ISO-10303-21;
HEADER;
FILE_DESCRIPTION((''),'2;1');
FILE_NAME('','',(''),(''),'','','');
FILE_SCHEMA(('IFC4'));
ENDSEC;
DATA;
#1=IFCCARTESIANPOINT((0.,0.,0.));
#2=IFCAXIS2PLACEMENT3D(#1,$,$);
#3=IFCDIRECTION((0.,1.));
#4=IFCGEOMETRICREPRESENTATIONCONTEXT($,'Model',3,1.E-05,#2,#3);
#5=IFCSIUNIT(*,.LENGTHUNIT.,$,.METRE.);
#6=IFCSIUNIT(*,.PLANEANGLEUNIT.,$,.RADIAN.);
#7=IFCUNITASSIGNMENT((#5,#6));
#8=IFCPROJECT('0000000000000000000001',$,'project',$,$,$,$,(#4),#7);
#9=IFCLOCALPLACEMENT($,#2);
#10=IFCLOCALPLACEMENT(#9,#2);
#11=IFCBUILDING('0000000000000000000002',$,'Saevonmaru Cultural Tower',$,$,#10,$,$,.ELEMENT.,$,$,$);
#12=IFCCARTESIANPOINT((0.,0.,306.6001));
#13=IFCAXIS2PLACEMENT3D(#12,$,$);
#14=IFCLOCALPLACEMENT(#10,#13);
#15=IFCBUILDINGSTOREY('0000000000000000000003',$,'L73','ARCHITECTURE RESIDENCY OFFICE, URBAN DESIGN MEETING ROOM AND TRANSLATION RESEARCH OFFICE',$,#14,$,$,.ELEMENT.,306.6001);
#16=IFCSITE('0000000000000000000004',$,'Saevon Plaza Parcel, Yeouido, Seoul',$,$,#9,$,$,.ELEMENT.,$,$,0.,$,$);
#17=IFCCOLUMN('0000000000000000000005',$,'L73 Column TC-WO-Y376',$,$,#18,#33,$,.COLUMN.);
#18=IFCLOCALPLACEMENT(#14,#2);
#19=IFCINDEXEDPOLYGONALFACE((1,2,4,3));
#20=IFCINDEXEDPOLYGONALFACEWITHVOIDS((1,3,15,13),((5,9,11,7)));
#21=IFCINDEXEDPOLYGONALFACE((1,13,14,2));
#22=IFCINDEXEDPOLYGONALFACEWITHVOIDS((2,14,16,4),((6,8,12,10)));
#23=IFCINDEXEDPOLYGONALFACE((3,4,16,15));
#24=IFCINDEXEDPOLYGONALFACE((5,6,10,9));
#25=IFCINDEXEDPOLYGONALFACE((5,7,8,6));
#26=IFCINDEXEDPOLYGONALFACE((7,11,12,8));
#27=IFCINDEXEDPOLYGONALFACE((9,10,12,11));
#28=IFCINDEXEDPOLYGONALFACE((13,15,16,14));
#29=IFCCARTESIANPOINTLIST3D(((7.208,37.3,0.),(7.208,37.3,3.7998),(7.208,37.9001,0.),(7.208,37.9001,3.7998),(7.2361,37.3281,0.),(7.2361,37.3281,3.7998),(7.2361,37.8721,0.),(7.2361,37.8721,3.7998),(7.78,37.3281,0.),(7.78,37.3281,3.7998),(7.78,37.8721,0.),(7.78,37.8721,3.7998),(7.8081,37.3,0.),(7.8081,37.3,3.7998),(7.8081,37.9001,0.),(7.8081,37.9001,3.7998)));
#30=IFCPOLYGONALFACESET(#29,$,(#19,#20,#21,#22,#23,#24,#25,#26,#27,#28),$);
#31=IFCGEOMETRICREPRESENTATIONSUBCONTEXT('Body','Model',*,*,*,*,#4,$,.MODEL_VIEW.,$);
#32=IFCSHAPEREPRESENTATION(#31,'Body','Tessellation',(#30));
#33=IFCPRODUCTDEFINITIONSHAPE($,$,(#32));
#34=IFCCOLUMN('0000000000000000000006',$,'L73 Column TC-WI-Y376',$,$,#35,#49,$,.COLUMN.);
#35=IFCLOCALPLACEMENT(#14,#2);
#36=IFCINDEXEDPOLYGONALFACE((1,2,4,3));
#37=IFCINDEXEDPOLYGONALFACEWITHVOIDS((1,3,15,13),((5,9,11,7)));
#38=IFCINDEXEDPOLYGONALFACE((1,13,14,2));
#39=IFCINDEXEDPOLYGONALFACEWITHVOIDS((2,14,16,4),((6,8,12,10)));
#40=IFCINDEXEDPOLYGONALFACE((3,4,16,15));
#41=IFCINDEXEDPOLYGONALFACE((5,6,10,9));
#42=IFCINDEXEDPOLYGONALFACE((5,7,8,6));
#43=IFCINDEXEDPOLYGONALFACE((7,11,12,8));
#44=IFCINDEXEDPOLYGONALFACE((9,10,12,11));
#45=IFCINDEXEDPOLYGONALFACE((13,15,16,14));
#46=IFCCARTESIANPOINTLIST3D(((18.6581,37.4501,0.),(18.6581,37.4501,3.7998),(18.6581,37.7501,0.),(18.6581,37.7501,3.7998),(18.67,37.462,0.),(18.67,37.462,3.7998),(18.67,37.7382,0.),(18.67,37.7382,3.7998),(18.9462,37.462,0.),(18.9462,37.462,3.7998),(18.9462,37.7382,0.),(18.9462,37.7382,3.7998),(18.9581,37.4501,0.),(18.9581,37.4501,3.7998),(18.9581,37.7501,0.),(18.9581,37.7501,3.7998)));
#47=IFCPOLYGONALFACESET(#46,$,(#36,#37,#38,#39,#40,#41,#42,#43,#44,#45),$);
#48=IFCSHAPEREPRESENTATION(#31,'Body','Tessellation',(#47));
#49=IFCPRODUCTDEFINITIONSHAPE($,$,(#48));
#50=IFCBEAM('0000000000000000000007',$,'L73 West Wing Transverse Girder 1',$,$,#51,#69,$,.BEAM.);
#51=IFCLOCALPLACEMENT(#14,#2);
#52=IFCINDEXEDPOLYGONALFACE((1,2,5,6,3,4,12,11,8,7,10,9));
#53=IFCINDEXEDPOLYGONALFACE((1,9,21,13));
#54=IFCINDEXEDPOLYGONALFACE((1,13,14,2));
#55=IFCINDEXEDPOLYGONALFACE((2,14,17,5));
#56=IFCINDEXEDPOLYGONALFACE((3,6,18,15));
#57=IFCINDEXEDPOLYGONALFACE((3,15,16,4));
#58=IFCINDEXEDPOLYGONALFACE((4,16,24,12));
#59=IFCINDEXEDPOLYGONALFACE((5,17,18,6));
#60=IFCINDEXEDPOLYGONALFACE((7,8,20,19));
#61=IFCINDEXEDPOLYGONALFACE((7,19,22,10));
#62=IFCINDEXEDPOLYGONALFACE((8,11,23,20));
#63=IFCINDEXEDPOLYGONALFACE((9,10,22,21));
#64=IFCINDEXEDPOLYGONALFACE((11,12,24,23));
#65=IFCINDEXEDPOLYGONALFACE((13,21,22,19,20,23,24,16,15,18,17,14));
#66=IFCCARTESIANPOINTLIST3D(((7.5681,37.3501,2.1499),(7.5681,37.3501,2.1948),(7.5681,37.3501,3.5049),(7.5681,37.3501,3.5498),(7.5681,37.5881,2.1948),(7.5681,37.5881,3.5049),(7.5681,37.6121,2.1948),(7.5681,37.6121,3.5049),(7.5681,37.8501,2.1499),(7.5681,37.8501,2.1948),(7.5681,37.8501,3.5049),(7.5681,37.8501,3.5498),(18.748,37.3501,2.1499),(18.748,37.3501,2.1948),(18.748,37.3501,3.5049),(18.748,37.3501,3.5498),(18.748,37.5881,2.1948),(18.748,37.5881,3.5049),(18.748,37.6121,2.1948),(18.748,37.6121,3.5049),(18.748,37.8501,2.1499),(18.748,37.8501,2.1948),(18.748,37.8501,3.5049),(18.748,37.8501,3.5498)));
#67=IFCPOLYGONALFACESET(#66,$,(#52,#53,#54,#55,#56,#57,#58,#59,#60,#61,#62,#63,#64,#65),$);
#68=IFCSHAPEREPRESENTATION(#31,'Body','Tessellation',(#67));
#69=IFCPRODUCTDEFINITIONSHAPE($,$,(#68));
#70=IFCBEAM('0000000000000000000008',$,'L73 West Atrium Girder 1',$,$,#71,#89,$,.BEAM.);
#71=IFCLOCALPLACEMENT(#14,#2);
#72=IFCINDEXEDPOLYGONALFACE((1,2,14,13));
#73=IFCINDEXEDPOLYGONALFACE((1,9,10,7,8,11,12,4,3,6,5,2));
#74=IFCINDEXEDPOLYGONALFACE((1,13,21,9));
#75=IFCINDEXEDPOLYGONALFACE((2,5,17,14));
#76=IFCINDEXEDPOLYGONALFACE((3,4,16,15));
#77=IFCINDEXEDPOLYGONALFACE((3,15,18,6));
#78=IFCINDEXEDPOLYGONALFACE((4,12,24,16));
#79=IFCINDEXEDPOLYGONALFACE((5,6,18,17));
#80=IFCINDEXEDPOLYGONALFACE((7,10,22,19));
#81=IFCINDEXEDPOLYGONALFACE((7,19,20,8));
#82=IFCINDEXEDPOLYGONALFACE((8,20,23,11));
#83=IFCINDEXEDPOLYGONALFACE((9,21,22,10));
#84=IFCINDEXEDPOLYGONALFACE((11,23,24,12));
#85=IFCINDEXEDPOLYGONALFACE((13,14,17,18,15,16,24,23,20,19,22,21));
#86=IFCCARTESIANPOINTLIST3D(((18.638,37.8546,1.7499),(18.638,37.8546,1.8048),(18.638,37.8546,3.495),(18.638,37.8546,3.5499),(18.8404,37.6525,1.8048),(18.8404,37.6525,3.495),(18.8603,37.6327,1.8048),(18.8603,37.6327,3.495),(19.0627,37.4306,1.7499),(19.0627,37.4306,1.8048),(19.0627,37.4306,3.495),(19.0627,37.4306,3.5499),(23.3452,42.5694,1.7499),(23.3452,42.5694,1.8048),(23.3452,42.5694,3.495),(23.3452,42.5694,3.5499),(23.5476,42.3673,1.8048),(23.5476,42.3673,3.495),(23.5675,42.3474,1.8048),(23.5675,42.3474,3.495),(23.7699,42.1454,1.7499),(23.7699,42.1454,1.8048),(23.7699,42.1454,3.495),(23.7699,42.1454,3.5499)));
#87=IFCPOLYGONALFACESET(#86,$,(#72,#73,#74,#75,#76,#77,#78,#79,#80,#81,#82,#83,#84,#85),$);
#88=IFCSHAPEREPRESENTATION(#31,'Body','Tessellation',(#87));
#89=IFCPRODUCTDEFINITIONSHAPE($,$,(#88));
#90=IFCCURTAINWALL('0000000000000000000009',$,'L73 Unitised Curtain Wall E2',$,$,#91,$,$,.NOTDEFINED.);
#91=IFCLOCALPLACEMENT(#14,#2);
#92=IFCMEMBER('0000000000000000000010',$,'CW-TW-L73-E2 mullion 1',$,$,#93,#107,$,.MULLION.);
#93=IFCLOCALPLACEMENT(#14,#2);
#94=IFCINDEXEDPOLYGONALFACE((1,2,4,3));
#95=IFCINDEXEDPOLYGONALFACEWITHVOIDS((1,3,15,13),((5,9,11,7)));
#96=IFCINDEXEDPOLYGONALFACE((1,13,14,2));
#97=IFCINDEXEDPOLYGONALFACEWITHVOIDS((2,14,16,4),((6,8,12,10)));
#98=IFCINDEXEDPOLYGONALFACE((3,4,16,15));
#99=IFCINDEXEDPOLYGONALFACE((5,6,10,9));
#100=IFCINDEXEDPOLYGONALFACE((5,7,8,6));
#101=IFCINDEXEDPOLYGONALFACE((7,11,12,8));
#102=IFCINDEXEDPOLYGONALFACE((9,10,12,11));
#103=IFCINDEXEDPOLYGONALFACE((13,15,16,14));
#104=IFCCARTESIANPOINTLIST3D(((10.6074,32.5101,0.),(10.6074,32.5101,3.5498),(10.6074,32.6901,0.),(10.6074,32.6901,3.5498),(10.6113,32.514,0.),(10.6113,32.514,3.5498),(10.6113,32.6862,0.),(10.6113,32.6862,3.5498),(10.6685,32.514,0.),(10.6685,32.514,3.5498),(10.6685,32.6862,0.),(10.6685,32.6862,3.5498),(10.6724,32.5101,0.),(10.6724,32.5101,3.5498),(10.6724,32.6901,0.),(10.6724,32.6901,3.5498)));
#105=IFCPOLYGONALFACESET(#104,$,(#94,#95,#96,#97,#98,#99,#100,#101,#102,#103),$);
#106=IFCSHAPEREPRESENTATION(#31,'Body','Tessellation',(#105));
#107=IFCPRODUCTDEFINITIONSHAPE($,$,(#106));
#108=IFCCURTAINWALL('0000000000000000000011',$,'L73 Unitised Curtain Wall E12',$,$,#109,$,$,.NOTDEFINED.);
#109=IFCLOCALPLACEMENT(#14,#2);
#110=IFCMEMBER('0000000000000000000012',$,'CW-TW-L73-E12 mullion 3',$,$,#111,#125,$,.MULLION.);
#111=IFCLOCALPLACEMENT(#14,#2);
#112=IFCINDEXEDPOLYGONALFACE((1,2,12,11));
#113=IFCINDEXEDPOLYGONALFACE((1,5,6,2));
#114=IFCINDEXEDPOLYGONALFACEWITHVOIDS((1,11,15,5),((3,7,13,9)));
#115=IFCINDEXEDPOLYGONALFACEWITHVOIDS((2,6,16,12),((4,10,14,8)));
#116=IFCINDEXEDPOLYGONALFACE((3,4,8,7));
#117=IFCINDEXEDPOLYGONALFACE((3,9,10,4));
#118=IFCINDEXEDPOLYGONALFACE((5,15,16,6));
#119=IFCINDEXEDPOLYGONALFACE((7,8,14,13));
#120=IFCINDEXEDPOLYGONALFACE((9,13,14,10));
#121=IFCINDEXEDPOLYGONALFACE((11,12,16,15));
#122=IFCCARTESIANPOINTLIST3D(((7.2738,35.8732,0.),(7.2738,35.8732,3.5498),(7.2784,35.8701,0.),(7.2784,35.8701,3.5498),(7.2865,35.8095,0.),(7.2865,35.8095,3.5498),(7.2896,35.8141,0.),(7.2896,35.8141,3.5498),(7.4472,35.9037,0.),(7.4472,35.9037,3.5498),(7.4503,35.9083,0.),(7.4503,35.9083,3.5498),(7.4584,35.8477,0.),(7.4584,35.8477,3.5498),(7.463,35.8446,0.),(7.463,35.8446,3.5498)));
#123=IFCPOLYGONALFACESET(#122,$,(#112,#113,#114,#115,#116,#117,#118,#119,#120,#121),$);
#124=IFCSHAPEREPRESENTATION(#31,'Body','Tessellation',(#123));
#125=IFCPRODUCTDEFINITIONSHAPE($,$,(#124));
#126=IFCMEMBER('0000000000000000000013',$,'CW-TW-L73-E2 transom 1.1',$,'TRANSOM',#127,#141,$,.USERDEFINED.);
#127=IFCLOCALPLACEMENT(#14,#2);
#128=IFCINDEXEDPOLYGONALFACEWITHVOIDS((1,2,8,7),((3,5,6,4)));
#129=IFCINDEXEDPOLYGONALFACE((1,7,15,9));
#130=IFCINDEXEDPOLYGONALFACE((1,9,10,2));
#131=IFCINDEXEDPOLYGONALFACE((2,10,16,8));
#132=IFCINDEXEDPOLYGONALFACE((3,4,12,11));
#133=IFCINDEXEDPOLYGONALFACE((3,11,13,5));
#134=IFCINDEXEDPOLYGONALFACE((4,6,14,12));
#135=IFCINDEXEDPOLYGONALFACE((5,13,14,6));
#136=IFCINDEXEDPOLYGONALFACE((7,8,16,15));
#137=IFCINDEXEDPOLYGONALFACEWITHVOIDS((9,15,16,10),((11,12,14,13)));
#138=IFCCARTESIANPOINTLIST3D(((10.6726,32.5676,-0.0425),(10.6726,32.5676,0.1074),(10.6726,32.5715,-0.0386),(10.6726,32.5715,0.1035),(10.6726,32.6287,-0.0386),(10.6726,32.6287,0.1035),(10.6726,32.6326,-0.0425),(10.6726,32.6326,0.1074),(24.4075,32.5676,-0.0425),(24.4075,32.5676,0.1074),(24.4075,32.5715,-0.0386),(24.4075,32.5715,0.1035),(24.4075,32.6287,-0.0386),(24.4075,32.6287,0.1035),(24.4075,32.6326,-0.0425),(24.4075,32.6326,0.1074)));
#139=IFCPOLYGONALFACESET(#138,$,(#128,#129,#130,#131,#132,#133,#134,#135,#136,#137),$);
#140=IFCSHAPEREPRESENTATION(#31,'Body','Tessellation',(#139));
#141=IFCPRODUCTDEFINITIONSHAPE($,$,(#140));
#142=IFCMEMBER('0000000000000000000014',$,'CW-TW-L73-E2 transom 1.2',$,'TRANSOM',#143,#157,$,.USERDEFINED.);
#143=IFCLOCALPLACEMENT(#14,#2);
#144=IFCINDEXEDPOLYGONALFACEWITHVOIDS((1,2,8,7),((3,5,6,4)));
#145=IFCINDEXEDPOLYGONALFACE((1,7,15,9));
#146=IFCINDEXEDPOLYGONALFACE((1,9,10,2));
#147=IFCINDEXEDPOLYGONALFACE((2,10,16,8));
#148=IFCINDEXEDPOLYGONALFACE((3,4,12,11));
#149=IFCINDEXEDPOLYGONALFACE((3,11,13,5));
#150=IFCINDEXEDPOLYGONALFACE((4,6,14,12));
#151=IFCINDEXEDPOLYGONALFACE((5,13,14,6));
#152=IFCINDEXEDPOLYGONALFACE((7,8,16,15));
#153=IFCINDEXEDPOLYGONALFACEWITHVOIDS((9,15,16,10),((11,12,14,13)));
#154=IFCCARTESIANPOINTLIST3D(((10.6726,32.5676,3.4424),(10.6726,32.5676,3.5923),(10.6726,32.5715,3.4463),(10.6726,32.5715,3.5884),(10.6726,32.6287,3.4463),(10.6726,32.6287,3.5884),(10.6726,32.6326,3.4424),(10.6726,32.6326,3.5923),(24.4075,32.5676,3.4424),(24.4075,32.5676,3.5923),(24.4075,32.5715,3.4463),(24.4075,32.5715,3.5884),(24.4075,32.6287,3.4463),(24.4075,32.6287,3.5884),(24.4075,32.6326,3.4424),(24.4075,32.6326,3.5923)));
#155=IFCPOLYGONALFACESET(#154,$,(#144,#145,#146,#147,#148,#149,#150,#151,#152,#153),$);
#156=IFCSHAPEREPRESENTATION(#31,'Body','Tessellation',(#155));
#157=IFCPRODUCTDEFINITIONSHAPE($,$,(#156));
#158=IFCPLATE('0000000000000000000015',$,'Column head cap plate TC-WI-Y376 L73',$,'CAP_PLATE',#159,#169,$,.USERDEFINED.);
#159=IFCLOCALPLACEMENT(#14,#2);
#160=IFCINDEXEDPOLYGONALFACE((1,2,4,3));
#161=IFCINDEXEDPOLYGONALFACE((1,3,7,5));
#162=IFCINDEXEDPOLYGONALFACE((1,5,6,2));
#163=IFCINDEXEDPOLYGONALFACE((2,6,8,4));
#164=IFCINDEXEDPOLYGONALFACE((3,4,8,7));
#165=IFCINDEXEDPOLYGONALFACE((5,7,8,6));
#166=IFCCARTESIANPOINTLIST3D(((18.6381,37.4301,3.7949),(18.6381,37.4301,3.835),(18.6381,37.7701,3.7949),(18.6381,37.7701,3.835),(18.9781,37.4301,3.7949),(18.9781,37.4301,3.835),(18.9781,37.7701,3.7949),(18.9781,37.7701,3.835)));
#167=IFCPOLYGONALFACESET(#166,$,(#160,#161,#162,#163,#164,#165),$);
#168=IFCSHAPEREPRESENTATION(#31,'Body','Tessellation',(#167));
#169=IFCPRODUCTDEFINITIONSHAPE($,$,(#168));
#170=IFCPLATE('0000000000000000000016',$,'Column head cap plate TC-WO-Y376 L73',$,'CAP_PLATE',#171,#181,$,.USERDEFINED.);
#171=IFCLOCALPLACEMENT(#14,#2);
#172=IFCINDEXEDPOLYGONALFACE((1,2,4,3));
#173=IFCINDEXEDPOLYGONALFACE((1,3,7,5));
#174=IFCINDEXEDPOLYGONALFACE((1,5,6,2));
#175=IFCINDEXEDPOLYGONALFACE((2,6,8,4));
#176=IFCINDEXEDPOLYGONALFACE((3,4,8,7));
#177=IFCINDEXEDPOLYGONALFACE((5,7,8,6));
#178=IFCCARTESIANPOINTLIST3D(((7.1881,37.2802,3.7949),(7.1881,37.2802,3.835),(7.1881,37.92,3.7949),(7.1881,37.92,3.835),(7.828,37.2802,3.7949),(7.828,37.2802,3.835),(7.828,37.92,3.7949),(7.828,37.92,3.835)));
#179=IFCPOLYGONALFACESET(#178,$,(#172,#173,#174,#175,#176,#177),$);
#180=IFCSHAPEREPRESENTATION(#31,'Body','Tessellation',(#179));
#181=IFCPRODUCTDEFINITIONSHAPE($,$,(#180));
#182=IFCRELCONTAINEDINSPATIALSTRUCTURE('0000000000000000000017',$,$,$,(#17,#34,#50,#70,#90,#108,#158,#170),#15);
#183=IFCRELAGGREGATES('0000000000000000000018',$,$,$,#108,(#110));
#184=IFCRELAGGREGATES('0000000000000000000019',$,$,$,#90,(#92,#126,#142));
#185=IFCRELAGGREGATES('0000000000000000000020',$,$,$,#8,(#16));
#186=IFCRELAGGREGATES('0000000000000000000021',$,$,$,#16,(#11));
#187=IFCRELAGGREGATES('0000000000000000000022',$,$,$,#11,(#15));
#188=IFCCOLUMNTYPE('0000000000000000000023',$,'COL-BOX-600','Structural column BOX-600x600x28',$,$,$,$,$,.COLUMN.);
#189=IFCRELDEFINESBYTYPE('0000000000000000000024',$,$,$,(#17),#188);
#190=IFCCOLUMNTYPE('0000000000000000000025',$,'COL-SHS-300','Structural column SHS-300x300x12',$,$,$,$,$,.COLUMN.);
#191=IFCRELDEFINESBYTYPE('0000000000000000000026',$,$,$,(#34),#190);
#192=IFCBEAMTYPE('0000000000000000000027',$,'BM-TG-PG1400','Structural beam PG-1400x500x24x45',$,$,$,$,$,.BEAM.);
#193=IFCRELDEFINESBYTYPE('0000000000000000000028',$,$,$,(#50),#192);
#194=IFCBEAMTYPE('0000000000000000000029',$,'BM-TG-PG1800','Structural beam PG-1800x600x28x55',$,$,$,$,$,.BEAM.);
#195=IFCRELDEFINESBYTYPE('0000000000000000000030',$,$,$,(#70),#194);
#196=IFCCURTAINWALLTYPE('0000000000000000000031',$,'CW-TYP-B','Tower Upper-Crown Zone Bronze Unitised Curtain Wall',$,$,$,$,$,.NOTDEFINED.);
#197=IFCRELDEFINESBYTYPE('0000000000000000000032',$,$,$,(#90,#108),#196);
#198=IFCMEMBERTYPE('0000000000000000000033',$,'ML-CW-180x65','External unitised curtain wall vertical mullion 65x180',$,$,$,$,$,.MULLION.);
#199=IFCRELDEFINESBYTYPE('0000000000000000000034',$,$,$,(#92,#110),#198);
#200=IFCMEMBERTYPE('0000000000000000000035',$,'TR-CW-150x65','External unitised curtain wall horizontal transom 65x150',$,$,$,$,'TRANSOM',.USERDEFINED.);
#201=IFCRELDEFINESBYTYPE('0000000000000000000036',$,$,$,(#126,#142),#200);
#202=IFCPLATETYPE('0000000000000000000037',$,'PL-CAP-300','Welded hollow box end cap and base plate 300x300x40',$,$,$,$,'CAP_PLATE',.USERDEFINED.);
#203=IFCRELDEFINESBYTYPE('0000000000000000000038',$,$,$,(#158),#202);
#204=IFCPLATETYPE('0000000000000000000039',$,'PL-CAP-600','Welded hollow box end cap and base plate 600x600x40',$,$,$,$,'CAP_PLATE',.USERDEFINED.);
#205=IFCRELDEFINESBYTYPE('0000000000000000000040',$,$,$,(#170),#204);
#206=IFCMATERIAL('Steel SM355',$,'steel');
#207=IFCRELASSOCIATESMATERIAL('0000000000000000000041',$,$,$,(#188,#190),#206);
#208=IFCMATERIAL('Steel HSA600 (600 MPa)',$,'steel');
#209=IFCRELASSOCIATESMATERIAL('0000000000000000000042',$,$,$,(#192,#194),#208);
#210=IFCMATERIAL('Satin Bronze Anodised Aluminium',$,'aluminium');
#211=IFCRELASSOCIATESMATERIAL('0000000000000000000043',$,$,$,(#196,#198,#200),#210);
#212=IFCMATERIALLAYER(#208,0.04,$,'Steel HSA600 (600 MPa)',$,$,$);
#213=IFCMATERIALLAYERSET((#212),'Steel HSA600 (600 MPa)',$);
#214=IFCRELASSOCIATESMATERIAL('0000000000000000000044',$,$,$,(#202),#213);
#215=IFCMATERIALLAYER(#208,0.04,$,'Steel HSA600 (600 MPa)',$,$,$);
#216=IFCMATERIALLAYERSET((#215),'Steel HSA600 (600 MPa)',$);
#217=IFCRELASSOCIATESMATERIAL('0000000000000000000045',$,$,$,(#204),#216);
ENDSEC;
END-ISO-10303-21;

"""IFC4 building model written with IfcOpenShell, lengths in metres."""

from ifc_helpers import new_model, si_unit, direction, frame, origin, origin_2d, place, context, subcontext, project, spatial, rectangle, hollow_rectangle, i_section, extrude, material, layer, layer_set, material_profile, profile_set, type_object, element, aggregate, save


model = new_model("IFC4")

# Units and contexts
model_context = context("Model", 3, precision=1e-05, world=origin(), true_north=direction((0.0, 1.0)))
body_context = subcontext(model_context, "Body", "Model", "MODEL_VIEW")
ifc_project = project(units=[si_unit("LENGTHUNIT", "METRE"), si_unit("PLANEANGLEUNIT", "RADIAN")], contexts=[model_context])

# Site, building, storey
site_placement = place(None, origin())
site = spatial("IfcSite", under=ifc_project, at=site_placement, Name="Saevon Plaza Parcel, Yeouido, Seoul", CompositionType="ELEMENT", RefElevation=0.0)
building_placement = place(site_placement, origin())
building = spatial("IfcBuilding", under=site, at=building_placement, Name="Saevonmaru Cultural Tower", CompositionType="ELEMENT")
storey_placement = place(building_placement, frame((0.0, 0.0, 306.6001)))
storey = spatial("IfcBuildingStorey", under=building, at=storey_placement, Name="L73", Description="ARCHITECTURE RESIDENCY OFFICE, URBAN DESIGN MEETING ROOM AND TRANSLATION RESEARCH OFFICE", CompositionType="ELEMENT", Elevation=306.6001)

# Columns
ifc_material_1 = material(Name="Steel SM355", Category="steel")
ifc_material_profile_1 = material_profile(ifc_material_1, hollow_rectangle(XDim=0.6001, YDim=0.6001, WallThickness=0.0281, at=origin_2d()), Name="BOX-600x600x28")
ifc_profile_set_1 = profile_set([ifc_material_profile_1], Name="Steel SM355")
column_type_1 = type_object("IfcColumnType", Name="COL-BOX-600", Description="Structural column BOX-600x600x28", PredefinedType="COLUMN", material=ifc_profile_set_1)
column_1_placement = place(storey_placement, frame((7.5081, 37.6001, 0.0), z_axis=(0.0, 0.0, 1.0), x_axis=(1.0, 0.0, 0.0)))
element("IfcColumn", 1, at=column_1_placement, inside=storey, type_object=column_type_1, Name="L73 Column TC-WO-Y376", PredefinedType="COLUMN", context=body_context, shape_type="SweptSolid", body=[
    extrude(hollow_rectangle(XDim=0.6001, YDim=0.6001, WallThickness=0.0281, at=origin_2d()), origin(), (0.0, 0.0, 1.0), 3.7998),
])
ifc_material_profile_2 = material_profile(ifc_material_1, hollow_rectangle(XDim=0.3, YDim=0.3, WallThickness=0.012, at=origin_2d()), Name="SHS-300x300x12")
ifc_profile_set_2 = profile_set([ifc_material_profile_2], Name="Steel SM355")
column_type_2 = type_object("IfcColumnType", Name="COL-SHS-300", Description="Structural column SHS-300x300x12", PredefinedType="COLUMN", material=ifc_profile_set_2)
column_2_placement = place(storey_placement, frame((18.8081, 37.6001, 0.0), z_axis=(0.0, 0.0, 1.0), x_axis=(1.0, 0.0, 0.0)))
element("IfcColumn", 2, at=column_2_placement, inside=storey, type_object=column_type_2, Name="L73 Column TC-WI-Y376", PredefinedType="COLUMN", context=body_context, shape_type="SweptSolid", body=[
    extrude(hollow_rectangle(XDim=0.3, YDim=0.3, WallThickness=0.012, at=origin_2d()), origin(), (0.0, 0.0, 1.0), 3.7998),
])

# Beams
ifc_material_2 = material(Name="Steel HSA600 (600 MPa)", Category="steel")
ifc_material_profile_3 = material_profile(ifc_material_2, i_section(OverallWidth=0.5, OverallDepth=1.3999, WebThickness=0.0239, FlangeThickness=0.0449, at=origin_2d()), Name="PG-1400x500x24x45")
ifc_profile_set_3 = profile_set([ifc_material_profile_3], Name="Steel HSA600 (600 MPa)")
beam_type_1 = type_object("IfcBeamType", Name="BM-TG-PG1400", Description="Structural beam PG-1400x500x24x45", PredefinedType="BEAM", material=ifc_profile_set_3)
beam_1_placement = place(storey_placement, frame((7.5681, 37.6001, 2.8499), z_axis=(1.0, 0.0, 0.0), x_axis=(0.0, 1.0, 0.0)))
element("IfcBeam", 3, at=beam_1_placement, inside=storey, type_object=beam_type_1, Name="L73 West Wing Transverse Girder 1", PredefinedType="BEAM", context=body_context, shape_type="SweptSolid", body=[
    extrude(i_section(OverallWidth=0.5, OverallDepth=1.3999, WebThickness=0.0239, FlangeThickness=0.0449, at=origin_2d()), origin(), (0.0, 0.0, 1.0), 11.1799),
])
ifc_material_profile_4 = material_profile(ifc_material_2, i_section(OverallWidth=0.6001, OverallDepth=1.8, WebThickness=0.0281, FlangeThickness=0.0549, at=origin_2d()), Name="PG-1800x600x28x55")
ifc_profile_set_4 = profile_set([ifc_material_profile_4], Name="Steel HSA600 (600 MPa)")
beam_type_2 = type_object("IfcBeamType", Name="BM-TG-PG1800", Description="Structural beam PG-1800x600x28x55", PredefinedType="BEAM", material=ifc_profile_set_4)
beam_2_placement = place(storey_placement, frame((18.8503, 37.6426, 2.6499), z_axis=(0.706539, 0.707675, 0.0), x_axis=(-0.707675, 0.706539, 0.0)))
element("IfcBeam", 4, at=beam_2_placement, inside=storey, type_object=beam_type_2, Name="L73 West Atrium Girder 1", PredefinedType="BEAM", context=body_context, shape_type="SweptSolid", body=[
    extrude(i_section(OverallWidth=0.6001, OverallDepth=1.8, WebThickness=0.0281, FlangeThickness=0.0549, at=origin_2d()), origin(), (0.0, 0.0, 1.0), 6.6624),
])

# Curtain walls, members
ifc_material_3 = material(Name="Satin Bronze Anodised Aluminium", Category="aluminium")
curtain_wall_type = type_object("IfcCurtainWallType", Name="CW-TYP-B", Description="Tower Upper-Crown Zone Bronze Unitised Curtain Wall", PredefinedType="NOTDEFINED", material=ifc_material_3)
curtain_wall_1_placement = place(storey_placement, origin())
curtain_wall_1 = element("IfcCurtainWall", 5, at=curtain_wall_1_placement, inside=storey, type_object=curtain_wall_type, Name="L73 Unitised Curtain Wall E2", PredefinedType="NOTDEFINED")
ifc_material_profile_5 = material_profile(ifc_material_3, hollow_rectangle(XDim=0.0649, YDim=0.1799, WallThickness=0.0039, at=origin_2d()), Name="ALU-MULL-180x65x4")
ifc_profile_set_5 = profile_set([ifc_material_profile_5], Name="Satin Bronze Anodised Aluminium")
member_type_1 = type_object("IfcMemberType", Name="ML-CW-180x65", Description="External unitised curtain wall vertical mullion 65x180", PredefinedType="MULLION", material=ifc_profile_set_5)
member_1_placement = place(storey_placement, frame((10.6399, 32.6001, 0.0), z_axis=(0.0, 0.0, 1.0), x_axis=(1.0, 0.0, 0.0)))
member_1 = element("IfcMember", 6, at=member_1_placement, type_object=member_type_1, Name="CW-TW-L73-E2 mullion 1", PredefinedType="MULLION", context=body_context, shape_type="SweptSolid", body=[
    extrude(hollow_rectangle(XDim=0.0649, YDim=0.1799, WallThickness=0.0039, at=origin_2d()), origin(), (0.0, 0.0, 1.0), 3.5498),
])
curtain_wall_2_placement = place(storey_placement, origin())
curtain_wall_2 = element("IfcCurtainWall", 7, at=curtain_wall_2_placement, inside=storey, type_object=curtain_wall_type, Name="L73 Unitised Curtain Wall E12", PredefinedType="NOTDEFINED")
member_2_placement = place(storey_placement, frame((7.3684, 35.8589, 0.0), z_axis=(0.0, 0.0, 1.0), x_axis=(0.195005, -0.980802, 0.0)))
member_2 = element("IfcMember", 8, at=member_2_placement, type_object=member_type_1, Name="CW-TW-L73-E12 mullion 3", PredefinedType="MULLION", context=body_context, shape_type="SweptSolid", body=[
    extrude(hollow_rectangle(XDim=0.0649, YDim=0.1799, WallThickness=0.0039, at=origin_2d()), origin(), (0.0, 0.0, 1.0), 3.5498),
])
aggregate(curtain_wall_2, [member_2])

# Members
ifc_material_profile_6 = material_profile(ifc_material_3, hollow_rectangle(XDim=0.0649, YDim=0.1499, WallThickness=0.0039, at=origin_2d()), Name="ALU-TRAN-150x65x4")
ifc_profile_set_6 = profile_set([ifc_material_profile_6], Name="Satin Bronze Anodised Aluminium")
member_type_2 = type_object("IfcMemberType", Name="TR-CW-150x65", Description="External unitised curtain wall horizontal transom 65x150", ElementType="TRANSOM", PredefinedType="USERDEFINED", material=ifc_profile_set_6)
member_3_placement = place(storey_placement, frame((10.6726, 32.6001, 0.0325), z_axis=(1.0, 0.0, 0.0), x_axis=(0.0, 1.0, 0.0)))
member_3 = element("IfcMember", 9, at=member_3_placement, type_object=member_type_2, Name="CW-TW-L73-E2 transom 1.1", ObjectType="TRANSOM", PredefinedType="USERDEFINED", context=body_context, shape_type="SweptSolid", body=[
    extrude(hollow_rectangle(XDim=0.0649, YDim=0.1499, WallThickness=0.0039, at=origin_2d()), origin(), (0.0, 0.0, 1.0), 13.7349),
])
member_4_placement = place(storey_placement, frame((10.6726, 32.6001, 3.5173), z_axis=(1.0, 0.0, 0.0), x_axis=(0.0, 1.0, 0.0)))
member_4 = element("IfcMember", 10, at=member_4_placement, type_object=member_type_2, Name="CW-TW-L73-E2 transom 1.2", ObjectType="TRANSOM", PredefinedType="USERDEFINED", context=body_context, shape_type="SweptSolid", body=[
    extrude(hollow_rectangle(XDim=0.0649, YDim=0.1499, WallThickness=0.0039, at=origin_2d()), origin(), (0.0, 0.0, 1.0), 13.7349),
])

# Plates
ifc_layer_1 = layer(ifc_material_2, 0.04, Name="Steel HSA600 (600 MPa)")
ifc_layer_set_1 = layer_set([ifc_layer_1], Name="Steel HSA600 (600 MPa)")
plate_type_1 = type_object("IfcPlateType", Name="PL-CAP-300", Description="Welded hollow box end cap and base plate 300x300x40", ElementType="CAP_PLATE", PredefinedType="USERDEFINED", material=ifc_layer_set_1)
plate_1_placement = place(storey_placement, frame((18.8081, 37.6001, 3.7949), z_axis=(0.0, 0.0, 1.0), x_axis=(1.0, 0.0, 0.0)))
element("IfcPlate", 11, at=plate_1_placement, inside=storey, type_object=plate_type_1, Name="Column head cap plate TC-WI-Y376 L73", ObjectType="CAP_PLATE", PredefinedType="USERDEFINED", context=body_context, shape_type="SweptSolid", body=[
    extrude(rectangle(XDim=0.3401, YDim=0.3401, at=origin_2d()), origin(), (0.0, 0.0, 1.0), 0.04),
])
ifc_layer_2 = layer(ifc_material_2, 0.04, Name="Steel HSA600 (600 MPa)")
ifc_layer_set_2 = layer_set([ifc_layer_2], Name="Steel HSA600 (600 MPa)")
plate_type_2 = type_object("IfcPlateType", Name="PL-CAP-600", Description="Welded hollow box end cap and base plate 600x600x40", ElementType="CAP_PLATE", PredefinedType="USERDEFINED", material=ifc_layer_set_2)
plate_2_placement = place(storey_placement, frame((7.5081, 37.6001, 3.7949), z_axis=(0.0, 0.0, 1.0), x_axis=(1.0, 0.0, 0.0)))
element("IfcPlate", 12, at=plate_2_placement, inside=storey, type_object=plate_type_2, Name="Column head cap plate TC-WO-Y376 L73", ObjectType="CAP_PLATE", PredefinedType="USERDEFINED", context=body_context, shape_type="SweptSolid", body=[
    extrude(rectangle(XDim=0.6399, YDim=0.6399, at=origin_2d()), origin(), (0.0, 0.0, 1.0), 0.04),
])

aggregate(curtain_wall_1, [member_1, member_3, member_4])

save(model, "model.ifc")
